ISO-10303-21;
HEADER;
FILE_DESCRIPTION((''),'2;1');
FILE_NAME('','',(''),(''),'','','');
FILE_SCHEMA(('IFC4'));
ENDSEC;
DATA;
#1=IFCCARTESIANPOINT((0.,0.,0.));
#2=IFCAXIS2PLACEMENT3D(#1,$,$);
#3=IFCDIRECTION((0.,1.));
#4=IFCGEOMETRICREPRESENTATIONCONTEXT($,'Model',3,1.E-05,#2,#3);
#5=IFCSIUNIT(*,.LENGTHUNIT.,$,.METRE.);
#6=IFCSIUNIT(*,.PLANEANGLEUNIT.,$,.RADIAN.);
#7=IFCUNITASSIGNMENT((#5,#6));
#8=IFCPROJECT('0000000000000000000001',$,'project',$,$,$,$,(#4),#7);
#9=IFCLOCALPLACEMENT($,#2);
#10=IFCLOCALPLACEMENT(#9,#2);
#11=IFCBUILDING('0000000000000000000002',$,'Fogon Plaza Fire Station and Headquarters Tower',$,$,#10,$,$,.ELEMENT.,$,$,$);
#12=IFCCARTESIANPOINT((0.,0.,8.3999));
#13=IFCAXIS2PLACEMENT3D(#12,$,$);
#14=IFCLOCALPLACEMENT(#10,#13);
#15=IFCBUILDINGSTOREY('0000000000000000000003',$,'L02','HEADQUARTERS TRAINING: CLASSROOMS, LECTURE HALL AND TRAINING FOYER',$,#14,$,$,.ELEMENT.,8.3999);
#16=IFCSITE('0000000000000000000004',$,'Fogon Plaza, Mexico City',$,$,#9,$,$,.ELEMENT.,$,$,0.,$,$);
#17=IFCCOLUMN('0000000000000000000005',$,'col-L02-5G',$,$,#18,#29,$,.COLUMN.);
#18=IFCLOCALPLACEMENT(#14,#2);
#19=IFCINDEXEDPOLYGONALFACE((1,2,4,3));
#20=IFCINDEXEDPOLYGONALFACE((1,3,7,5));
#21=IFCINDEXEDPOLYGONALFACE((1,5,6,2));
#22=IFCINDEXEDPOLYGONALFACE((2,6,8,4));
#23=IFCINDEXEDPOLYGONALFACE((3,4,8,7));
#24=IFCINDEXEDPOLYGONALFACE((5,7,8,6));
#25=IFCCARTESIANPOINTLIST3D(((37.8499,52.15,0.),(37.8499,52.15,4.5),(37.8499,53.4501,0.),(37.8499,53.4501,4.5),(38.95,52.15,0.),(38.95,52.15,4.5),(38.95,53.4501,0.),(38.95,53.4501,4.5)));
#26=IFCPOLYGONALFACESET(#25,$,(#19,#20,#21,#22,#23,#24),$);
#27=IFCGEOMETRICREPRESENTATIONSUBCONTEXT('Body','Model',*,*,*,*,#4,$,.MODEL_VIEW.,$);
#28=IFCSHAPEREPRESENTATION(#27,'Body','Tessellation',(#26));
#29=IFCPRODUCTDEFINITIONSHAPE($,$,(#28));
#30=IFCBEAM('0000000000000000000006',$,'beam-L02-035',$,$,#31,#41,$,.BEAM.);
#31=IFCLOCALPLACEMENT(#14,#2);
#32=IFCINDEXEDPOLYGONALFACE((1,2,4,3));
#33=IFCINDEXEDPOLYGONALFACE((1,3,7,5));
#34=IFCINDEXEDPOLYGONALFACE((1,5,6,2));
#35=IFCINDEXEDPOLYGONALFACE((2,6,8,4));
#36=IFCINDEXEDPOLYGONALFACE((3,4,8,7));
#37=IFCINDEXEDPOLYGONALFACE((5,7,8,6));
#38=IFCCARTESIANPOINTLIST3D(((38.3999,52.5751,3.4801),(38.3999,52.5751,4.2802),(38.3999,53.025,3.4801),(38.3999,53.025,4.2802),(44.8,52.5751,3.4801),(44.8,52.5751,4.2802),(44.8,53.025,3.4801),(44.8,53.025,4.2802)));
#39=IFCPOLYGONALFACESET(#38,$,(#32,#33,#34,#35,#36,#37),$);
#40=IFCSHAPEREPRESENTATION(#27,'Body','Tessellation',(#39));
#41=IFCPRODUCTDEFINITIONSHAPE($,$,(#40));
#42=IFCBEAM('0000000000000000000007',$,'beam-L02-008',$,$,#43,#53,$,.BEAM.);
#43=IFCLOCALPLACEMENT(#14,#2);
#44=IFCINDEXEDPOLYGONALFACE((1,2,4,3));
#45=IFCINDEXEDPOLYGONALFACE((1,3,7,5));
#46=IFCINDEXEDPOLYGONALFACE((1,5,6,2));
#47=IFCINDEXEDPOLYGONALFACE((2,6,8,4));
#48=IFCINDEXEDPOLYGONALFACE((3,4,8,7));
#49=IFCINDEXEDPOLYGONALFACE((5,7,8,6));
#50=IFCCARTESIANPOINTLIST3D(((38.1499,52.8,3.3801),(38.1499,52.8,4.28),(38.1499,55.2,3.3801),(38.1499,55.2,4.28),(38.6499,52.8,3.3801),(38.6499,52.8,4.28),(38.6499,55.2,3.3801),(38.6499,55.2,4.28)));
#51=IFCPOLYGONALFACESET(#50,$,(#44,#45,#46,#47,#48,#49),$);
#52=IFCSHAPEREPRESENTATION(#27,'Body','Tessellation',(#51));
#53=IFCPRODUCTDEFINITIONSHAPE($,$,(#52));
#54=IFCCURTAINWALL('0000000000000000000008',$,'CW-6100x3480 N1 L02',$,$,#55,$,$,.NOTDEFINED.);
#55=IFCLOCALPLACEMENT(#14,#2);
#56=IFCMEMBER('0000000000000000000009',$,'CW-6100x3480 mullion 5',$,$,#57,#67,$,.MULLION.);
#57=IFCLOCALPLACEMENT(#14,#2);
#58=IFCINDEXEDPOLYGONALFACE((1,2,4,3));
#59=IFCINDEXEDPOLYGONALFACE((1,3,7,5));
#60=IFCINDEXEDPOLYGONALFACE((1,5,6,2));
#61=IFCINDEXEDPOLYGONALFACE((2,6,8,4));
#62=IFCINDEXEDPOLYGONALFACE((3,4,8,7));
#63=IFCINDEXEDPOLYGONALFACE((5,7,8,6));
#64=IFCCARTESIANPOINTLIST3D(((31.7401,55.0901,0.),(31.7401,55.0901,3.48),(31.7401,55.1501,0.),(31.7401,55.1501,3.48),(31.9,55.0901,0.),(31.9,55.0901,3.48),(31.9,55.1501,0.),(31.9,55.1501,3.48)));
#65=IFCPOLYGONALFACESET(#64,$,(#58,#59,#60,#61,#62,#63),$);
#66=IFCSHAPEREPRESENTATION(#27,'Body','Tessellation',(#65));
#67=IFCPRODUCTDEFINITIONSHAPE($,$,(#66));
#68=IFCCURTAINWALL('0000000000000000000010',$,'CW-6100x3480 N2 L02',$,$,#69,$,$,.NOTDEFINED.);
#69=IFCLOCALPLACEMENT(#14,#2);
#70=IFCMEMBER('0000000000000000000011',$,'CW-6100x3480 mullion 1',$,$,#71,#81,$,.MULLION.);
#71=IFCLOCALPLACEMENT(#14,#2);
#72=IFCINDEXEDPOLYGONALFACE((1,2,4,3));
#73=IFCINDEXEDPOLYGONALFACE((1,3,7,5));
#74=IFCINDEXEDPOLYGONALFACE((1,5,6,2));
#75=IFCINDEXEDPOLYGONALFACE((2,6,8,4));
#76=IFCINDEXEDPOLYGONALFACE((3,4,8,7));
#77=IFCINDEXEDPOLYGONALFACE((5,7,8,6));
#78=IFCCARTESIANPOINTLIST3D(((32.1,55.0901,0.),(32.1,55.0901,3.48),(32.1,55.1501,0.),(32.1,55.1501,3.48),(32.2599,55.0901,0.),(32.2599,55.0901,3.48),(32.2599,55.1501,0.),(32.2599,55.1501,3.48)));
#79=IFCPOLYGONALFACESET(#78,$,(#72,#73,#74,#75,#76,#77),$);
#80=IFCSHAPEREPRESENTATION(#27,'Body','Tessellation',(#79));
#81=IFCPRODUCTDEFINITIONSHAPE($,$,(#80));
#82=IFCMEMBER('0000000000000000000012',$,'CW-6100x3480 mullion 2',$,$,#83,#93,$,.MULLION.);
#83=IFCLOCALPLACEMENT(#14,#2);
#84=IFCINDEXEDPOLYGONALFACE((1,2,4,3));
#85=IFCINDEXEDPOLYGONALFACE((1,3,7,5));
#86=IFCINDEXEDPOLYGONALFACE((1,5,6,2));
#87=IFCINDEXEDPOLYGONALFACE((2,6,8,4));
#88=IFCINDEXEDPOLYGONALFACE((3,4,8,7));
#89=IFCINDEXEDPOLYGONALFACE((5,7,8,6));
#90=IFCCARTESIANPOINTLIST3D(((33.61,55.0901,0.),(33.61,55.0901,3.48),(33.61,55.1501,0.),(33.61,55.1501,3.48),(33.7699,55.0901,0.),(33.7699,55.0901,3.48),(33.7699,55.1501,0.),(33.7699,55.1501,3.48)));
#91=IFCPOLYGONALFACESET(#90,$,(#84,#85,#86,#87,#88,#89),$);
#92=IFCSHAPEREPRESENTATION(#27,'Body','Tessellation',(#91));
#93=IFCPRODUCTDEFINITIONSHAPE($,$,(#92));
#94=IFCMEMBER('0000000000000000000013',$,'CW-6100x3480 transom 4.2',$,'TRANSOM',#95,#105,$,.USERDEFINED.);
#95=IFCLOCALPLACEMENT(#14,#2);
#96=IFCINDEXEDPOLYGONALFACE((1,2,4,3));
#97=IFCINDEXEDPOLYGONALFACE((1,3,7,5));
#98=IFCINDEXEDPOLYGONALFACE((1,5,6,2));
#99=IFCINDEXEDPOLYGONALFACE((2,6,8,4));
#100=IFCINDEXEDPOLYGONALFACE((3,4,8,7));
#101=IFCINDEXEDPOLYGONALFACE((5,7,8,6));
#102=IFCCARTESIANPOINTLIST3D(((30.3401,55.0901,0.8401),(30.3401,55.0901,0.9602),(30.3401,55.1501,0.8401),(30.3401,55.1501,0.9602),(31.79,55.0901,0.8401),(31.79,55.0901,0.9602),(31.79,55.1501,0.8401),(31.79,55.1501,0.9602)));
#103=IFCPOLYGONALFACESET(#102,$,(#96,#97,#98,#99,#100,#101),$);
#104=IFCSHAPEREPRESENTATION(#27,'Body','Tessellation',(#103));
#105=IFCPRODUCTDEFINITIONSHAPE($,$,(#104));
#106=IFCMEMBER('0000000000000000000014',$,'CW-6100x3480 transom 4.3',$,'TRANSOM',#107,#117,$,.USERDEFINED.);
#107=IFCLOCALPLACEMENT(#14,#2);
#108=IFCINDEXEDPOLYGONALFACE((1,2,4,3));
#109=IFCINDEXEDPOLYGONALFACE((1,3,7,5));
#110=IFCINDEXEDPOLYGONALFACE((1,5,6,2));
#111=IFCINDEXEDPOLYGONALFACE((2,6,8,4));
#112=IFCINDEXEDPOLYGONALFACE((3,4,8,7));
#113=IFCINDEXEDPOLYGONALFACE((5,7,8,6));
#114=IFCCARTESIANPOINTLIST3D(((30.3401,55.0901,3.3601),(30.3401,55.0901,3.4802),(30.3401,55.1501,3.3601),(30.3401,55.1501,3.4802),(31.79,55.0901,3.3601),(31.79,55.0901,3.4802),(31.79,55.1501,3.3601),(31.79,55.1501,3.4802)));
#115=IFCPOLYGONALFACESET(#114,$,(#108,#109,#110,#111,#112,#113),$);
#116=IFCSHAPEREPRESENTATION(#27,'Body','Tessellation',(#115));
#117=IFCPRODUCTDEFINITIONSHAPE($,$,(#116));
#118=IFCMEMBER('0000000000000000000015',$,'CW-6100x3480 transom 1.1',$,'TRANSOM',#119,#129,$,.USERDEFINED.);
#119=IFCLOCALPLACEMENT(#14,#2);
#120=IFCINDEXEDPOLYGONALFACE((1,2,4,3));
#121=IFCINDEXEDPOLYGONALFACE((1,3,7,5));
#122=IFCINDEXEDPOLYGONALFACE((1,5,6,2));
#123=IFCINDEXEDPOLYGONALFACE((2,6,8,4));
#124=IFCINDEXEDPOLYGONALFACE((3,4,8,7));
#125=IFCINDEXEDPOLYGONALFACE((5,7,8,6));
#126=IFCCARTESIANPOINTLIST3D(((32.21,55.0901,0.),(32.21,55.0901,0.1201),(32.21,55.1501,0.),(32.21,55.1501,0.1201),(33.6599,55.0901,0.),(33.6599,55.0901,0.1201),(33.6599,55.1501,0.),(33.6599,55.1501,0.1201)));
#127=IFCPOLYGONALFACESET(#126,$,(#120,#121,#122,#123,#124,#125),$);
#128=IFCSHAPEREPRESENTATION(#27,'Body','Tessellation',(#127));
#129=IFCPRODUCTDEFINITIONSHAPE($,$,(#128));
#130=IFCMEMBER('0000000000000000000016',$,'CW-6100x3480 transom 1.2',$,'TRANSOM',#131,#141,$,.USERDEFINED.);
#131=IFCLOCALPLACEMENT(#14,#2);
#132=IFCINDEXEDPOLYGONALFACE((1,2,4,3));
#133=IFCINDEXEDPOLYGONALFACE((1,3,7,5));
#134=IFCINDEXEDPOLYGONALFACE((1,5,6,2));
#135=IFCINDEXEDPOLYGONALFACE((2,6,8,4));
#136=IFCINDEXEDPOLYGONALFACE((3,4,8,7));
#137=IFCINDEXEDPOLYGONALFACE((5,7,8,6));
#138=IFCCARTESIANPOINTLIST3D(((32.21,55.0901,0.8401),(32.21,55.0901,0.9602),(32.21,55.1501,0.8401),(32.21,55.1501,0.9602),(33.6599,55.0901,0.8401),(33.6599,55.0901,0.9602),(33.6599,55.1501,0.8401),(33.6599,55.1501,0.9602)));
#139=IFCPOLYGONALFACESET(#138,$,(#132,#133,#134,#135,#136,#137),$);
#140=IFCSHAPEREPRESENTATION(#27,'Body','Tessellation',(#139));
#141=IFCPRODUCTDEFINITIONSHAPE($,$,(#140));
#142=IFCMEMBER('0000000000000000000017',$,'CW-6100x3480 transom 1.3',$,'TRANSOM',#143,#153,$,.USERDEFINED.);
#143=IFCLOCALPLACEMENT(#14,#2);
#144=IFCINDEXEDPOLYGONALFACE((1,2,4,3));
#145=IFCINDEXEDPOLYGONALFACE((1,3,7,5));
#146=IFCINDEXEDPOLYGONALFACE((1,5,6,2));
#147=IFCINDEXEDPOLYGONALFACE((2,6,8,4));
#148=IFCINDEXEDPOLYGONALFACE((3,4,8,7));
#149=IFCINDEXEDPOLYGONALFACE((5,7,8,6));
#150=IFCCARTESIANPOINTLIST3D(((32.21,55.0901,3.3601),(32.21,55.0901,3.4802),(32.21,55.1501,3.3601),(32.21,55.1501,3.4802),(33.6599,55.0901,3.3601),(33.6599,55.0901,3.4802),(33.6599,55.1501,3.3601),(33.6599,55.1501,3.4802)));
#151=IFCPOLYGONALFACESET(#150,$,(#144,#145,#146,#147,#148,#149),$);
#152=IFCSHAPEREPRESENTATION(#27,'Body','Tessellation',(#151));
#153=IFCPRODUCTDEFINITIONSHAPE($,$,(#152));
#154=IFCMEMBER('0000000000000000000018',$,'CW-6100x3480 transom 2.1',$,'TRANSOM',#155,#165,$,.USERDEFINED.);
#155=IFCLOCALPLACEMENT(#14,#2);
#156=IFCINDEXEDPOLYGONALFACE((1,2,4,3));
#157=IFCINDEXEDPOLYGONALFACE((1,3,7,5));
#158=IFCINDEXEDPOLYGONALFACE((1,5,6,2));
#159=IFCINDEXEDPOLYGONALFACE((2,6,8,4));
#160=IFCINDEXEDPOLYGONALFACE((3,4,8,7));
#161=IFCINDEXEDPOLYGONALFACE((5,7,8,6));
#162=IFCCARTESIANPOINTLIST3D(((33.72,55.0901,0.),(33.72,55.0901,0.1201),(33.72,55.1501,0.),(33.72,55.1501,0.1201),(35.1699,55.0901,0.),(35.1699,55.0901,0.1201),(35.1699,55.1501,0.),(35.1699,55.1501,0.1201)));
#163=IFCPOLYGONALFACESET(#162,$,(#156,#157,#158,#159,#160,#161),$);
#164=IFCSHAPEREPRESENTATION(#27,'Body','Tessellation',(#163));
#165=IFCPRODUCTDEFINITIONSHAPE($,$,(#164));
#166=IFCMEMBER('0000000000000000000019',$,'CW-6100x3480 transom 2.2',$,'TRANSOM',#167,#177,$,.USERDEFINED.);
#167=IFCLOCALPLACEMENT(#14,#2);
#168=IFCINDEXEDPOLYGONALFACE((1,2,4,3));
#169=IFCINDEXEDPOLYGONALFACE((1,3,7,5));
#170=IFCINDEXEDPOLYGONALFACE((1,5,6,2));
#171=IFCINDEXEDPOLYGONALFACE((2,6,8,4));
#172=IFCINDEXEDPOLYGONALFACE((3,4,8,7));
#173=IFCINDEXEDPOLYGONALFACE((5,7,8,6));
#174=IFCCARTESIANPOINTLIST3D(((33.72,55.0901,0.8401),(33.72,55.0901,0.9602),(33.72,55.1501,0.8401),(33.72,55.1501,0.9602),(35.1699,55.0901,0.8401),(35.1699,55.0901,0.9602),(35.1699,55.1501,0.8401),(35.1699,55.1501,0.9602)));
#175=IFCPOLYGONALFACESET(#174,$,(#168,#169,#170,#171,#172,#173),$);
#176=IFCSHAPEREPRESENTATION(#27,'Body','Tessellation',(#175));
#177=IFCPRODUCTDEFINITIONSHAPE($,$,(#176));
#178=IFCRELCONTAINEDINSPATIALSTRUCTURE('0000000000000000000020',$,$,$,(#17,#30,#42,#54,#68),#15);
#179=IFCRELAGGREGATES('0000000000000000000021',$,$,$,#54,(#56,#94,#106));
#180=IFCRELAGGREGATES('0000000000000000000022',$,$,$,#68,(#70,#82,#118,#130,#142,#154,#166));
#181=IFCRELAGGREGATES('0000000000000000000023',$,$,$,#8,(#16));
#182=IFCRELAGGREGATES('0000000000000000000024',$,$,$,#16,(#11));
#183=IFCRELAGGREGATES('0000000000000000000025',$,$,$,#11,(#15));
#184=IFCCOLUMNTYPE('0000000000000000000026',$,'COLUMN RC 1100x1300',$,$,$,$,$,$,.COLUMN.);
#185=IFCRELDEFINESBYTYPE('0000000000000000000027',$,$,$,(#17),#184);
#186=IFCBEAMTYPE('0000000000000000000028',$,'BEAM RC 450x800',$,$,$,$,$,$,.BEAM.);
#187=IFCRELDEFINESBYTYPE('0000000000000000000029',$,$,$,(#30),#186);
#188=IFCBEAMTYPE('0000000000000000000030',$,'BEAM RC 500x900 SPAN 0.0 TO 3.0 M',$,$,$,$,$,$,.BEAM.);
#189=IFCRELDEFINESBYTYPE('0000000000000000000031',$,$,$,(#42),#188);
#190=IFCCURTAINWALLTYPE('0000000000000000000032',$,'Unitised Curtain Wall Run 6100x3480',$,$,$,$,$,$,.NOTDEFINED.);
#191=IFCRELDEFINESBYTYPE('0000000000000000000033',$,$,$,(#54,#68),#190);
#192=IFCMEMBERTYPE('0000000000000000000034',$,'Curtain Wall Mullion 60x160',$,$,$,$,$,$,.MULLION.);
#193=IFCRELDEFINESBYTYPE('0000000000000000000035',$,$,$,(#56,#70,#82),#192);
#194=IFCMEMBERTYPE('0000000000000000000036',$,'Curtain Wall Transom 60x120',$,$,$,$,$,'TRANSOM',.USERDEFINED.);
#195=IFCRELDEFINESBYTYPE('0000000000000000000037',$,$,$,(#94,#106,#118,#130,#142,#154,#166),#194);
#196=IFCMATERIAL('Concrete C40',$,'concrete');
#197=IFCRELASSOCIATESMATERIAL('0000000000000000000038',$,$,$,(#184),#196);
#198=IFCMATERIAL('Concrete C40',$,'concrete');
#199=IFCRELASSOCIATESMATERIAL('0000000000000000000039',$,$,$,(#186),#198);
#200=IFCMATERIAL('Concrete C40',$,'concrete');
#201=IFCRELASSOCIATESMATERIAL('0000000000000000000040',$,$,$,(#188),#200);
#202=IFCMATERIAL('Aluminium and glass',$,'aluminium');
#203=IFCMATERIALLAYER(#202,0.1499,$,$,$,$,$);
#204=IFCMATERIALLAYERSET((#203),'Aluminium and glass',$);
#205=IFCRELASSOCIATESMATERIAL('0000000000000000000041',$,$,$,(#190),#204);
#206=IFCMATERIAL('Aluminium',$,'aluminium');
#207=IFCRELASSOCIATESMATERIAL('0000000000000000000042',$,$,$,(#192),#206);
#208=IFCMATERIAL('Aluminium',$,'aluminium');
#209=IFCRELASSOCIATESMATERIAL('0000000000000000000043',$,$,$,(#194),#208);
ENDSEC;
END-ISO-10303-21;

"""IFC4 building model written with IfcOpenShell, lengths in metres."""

from ifc_helpers import new_model, si_unit, direction, frame, origin, origin_2d, place, context, subcontext, project, spatial, rectangle, extrude, material, layer, layer_set, material_profile, profile_set, type_object, element, aggregate, save


model = new_model("IFC4")

# Units and contexts
model_context = context("Model", 3, precision=1e-05, world=origin(), true_north=direction((0.0, 1.0)))
body_context = subcontext(model_context, "Body", "Model", "MODEL_VIEW")
ifc_project = project(units=[si_unit("LENGTHUNIT", "METRE"), si_unit("PLANEANGLEUNIT", "RADIAN")], contexts=[model_context])

# Site, building, storey
site_placement = place(None, origin())
site = spatial("IfcSite", under=ifc_project, at=site_placement, Name="Fogon Plaza, Mexico City", CompositionType="ELEMENT", RefElevation=0.0)
building_placement = place(site_placement, origin())
building = spatial("IfcBuilding", under=site, at=building_placement, Name="Fogon Plaza Fire Station and Headquarters Tower", CompositionType="ELEMENT")
storey_placement = place(building_placement, frame((0.0, 0.0, 8.3999)))
storey = spatial("IfcBuildingStorey", under=building, at=storey_placement, Name="L02", Description="HEADQUARTERS TRAINING: CLASSROOMS, LECTURE HALL AND TRAINING FOYER", CompositionType="ELEMENT", Elevation=8.3999)

# Column
ifc_material_1 = material(Name="Concrete C40", Category="concrete")
ifc_material_profile_1 = material_profile(ifc_material_1, rectangle(XDim=1.1001, YDim=1.3, at=origin_2d()), Name="RC 1100x1300")
ifc_profile_set_1 = profile_set([ifc_material_profile_1], Name="Concrete C40")
column_type = type_object("IfcColumnType", Name="COLUMN RC 1100x1300", PredefinedType="COLUMN", material=ifc_profile_set_1)
column_placement = place(storey_placement, frame((38.3999, 52.8, 0.0), z_axis=(0.0, 0.0, 1.0), x_axis=(1.0, 0.0, 0.0)))
element("IfcColumn", 1, at=column_placement, inside=storey, type_object=column_type, Name="col-L02-5G", PredefinedType="COLUMN", context=body_context, shape_type="SweptSolid", body=[
    extrude(rectangle(XDim=1.1001, YDim=1.3, at=origin_2d()), origin(), (0.0, 0.0, 1.0), 4.5),
])

# Beams
ifc_material_2 = material(Name="Concrete C40", Category="concrete")
ifc_material_profile_2 = material_profile(ifc_material_2, rectangle(XDim=0.45, YDim=0.8, at=origin_2d()), Name="RC 450x800")
ifc_profile_set_2 = profile_set([ifc_material_profile_2], Name="Concrete C40")
beam_type_1 = type_object("IfcBeamType", Name="BEAM RC 450x800", PredefinedType="BEAM", material=ifc_profile_set_2)
beam_1_placement = place(storey_placement, frame((38.3999, 52.8, 3.8801), z_axis=(1.0, 0.0, 0.0), x_axis=(0.0, 1.0, 0.0)))
element("IfcBeam", 2, at=beam_1_placement, inside=storey, type_object=beam_type_1, Name="beam-L02-035", PredefinedType="BEAM", context=body_context, shape_type="SweptSolid", body=[
    extrude(rectangle(XDim=0.45, YDim=0.8, at=origin_2d()), origin(), (0.0, 0.0, 1.0), 6.4001),
])
ifc_material_3 = material(Name="Concrete C40", Category="concrete")
ifc_material_profile_3 = material_profile(ifc_material_3, rectangle(XDim=0.5, YDim=0.8999, at=origin_2d()), Name="RC 500x900")
ifc_profile_set_3 = profile_set([ifc_material_profile_3], Name="Concrete C40")
beam_type_2 = type_object("IfcBeamType", Name="BEAM RC 500x900 SPAN 0.0 TO 3.0 M", PredefinedType="BEAM", material=ifc_profile_set_3)
beam_2_placement = place(storey_placement, frame((38.3999, 52.8, 3.8301), z_axis=(0.0, 1.0, 0.0), x_axis=(-1.0, 0.0, 0.0)))
element("IfcBeam", 3, at=beam_2_placement, inside=storey, type_object=beam_type_2, Name="beam-L02-008", PredefinedType="BEAM", context=body_context, shape_type="SweptSolid", body=[
    extrude(rectangle(XDim=0.5, YDim=0.8999, at=origin_2d()), origin(), (0.0, 0.0, 1.0), 2.3999),
])

# Curtain wall, member
ifc_material_4 = material(Name="Aluminium and glass", Category="aluminium")
ifc_layer_1 = layer(ifc_material_4, 0.1499)
ifc_layer_set_1 = layer_set([ifc_layer_1], Name="Aluminium and glass")
curtain_wall_type = type_object("IfcCurtainWallType", Name="Unitised Curtain Wall Run 6100x3480", PredefinedType="NOTDEFINED", material=ifc_layer_set_1)
curtain_wall_1_placement = place(storey_placement, origin())
curtain_wall_1 = element("IfcCurtainWall", 4, at=curtain_wall_1_placement, inside=storey, type_object=curtain_wall_type, Name="CW-6100x3480 N1 L02", PredefinedType="NOTDEFINED")
ifc_material_5 = material(Name="Aluminium", Category="aluminium")
ifc_material_profile_4 = material_profile(ifc_material_5, rectangle(XDim=0.0601, YDim=0.1599, at=origin_2d()), Name="Curtain Wall Mullion 60x160")
ifc_profile_set_4 = profile_set([ifc_material_profile_4], Name="Aluminium")
member_type_1 = type_object("IfcMemberType", Name="Curtain Wall Mullion 60x160", PredefinedType="MULLION", material=ifc_profile_set_4)
member_1_placement = place(storey_placement, frame((31.8201, 55.1201, 0.0), z_axis=(0.0, 0.0, 1.0), x_axis=(0.0, 1.0, 0.0)))
member_1 = element("IfcMember", 5, at=member_1_placement, type_object=member_type_1, Name="CW-6100x3480 mullion 5", PredefinedType="MULLION", context=body_context, shape_type="SweptSolid", body=[
    extrude(rectangle(XDim=0.0601, YDim=0.1599, at=origin_2d()), origin(), (0.0, 0.0, 1.0), 3.48),
])

# Curtain wall, members
curtain_wall_2_placement = place(storey_placement, origin())
curtain_wall_2 = element("IfcCurtainWall", 6, at=curtain_wall_2_placement, inside=storey, type_object=curtain_wall_type, Name="CW-6100x3480 N2 L02", PredefinedType="NOTDEFINED")
member_2_placement = place(storey_placement, frame((32.1799, 55.1201, 0.0), z_axis=(0.0, 0.0, 1.0), x_axis=(0.0, 1.0, 0.0)))
member_2 = element("IfcMember", 7, at=member_2_placement, type_object=member_type_1, Name="CW-6100x3480 mullion 1", PredefinedType="MULLION", context=body_context, shape_type="SweptSolid", body=[
    extrude(rectangle(XDim=0.0601, YDim=0.1599, at=origin_2d()), origin(), (0.0, 0.0, 1.0), 3.48),
])
member_3_placement = place(storey_placement, frame((33.6899, 55.1201, 0.0), z_axis=(0.0, 0.0, 1.0), x_axis=(0.0, 1.0, 0.0)))
member_3 = element("IfcMember", 8, at=member_3_placement, type_object=member_type_1, Name="CW-6100x3480 mullion 2", PredefinedType="MULLION", context=body_context, shape_type="SweptSolid", body=[
    extrude(rectangle(XDim=0.0601, YDim=0.1599, at=origin_2d()), origin(), (0.0, 0.0, 1.0), 3.48),
])

# Members
ifc_material_6 = material(Name="Aluminium", Category="aluminium")
ifc_material_profile_5 = material_profile(ifc_material_6, rectangle(XDim=0.0601, YDim=0.1201, at=origin_2d()), Name="Curtain Wall Transom 60x120")
ifc_profile_set_5 = profile_set([ifc_material_profile_5], Name="Aluminium")
member_type_2 = type_object("IfcMemberType", Name="Curtain Wall Transom 60x120", ElementType="TRANSOM", PredefinedType="USERDEFINED", material=ifc_profile_set_5)
member_4_placement = place(storey_placement, frame((30.3401, 55.1201, 0.9001), z_axis=(1.0, 0.0, 0.0), x_axis=(0.0, 1.0, 0.0)))
member_4 = element("IfcMember", 9, at=member_4_placement, type_object=member_type_2, Name="CW-6100x3480 transom 4.2", ObjectType="TRANSOM", PredefinedType="USERDEFINED", context=body_context, shape_type="SweptSolid", body=[
    extrude(rectangle(XDim=0.0601, YDim=0.1201, at=origin_2d()), origin(), (0.0, 0.0, 1.0), 1.45),
])
member_5_placement = place(storey_placement, frame((30.3401, 55.1201, 3.4202), z_axis=(1.0, 0.0, 0.0), x_axis=(0.0, 1.0, 0.0)))
member_5 = element("IfcMember", 10, at=member_5_placement, type_object=member_type_2, Name="CW-6100x3480 transom 4.3", ObjectType="TRANSOM", PredefinedType="USERDEFINED", context=body_context, shape_type="SweptSolid", body=[
    extrude(rectangle(XDim=0.0601, YDim=0.1201, at=origin_2d()), origin(), (0.0, 0.0, 1.0), 1.45),
])
member_6_placement = place(storey_placement, frame((32.21, 55.1201, 0.0601), z_axis=(1.0, 0.0, 0.0), x_axis=(0.0, 1.0, 0.0)))
member_6 = element("IfcMember", 11, at=member_6_placement, type_object=member_type_2, Name="CW-6100x3480 transom 1.1", ObjectType="TRANSOM", PredefinedType="USERDEFINED", context=body_context, shape_type="SweptSolid", body=[
    extrude(rectangle(XDim=0.0601, YDim=0.1201, at=origin_2d()), origin(), (0.0, 0.0, 1.0), 1.45),
])
member_7_placement = place(storey_placement, frame((32.21, 55.1201, 0.9001), z_axis=(1.0, 0.0, 0.0), x_axis=(0.0, 1.0, 0.0)))
member_7 = element("IfcMember", 12, at=member_7_placement, type_object=member_type_2, Name="CW-6100x3480 transom 1.2", ObjectType="TRANSOM", PredefinedType="USERDEFINED", context=body_context, shape_type="SweptSolid", body=[
    extrude(rectangle(XDim=0.0601, YDim=0.1201, at=origin_2d()), origin(), (0.0, 0.0, 1.0), 1.45),
])
member_8_placement = place(storey_placement, frame((32.21, 55.1201, 3.4202), z_axis=(1.0, 0.0, 0.0), x_axis=(0.0, 1.0, 0.0)))
member_8 = element("IfcMember", 13, at=member_8_placement, type_object=member_type_2, Name="CW-6100x3480 transom 1.3", ObjectType="TRANSOM", PredefinedType="USERDEFINED", context=body_context, shape_type="SweptSolid", body=[
    extrude(rectangle(XDim=0.0601, YDim=0.1201, at=origin_2d()), origin(), (0.0, 0.0, 1.0), 1.45),
])
member_9_placement = place(storey_placement, frame((33.72, 55.1201, 0.0601), z_axis=(1.0, 0.0, 0.0), x_axis=(0.0, 1.0, 0.0)))
member_9 = element("IfcMember", 14, at=member_9_placement, type_object=member_type_2, Name="CW-6100x3480 transom 2.1", ObjectType="TRANSOM", PredefinedType="USERDEFINED", context=body_context, shape_type="SweptSolid", body=[
    extrude(rectangle(XDim=0.0601, YDim=0.1201, at=origin_2d()), origin(), (0.0, 0.0, 1.0), 1.45),
])
member_10_placement = place(storey_placement, frame((33.72, 55.1201, 0.9001), z_axis=(1.0, 0.0, 0.0), x_axis=(0.0, 1.0, 0.0)))
member_10 = element("IfcMember", 15, at=member_10_placement, type_object=member_type_2, Name="CW-6100x3480 transom 2.2", ObjectType="TRANSOM", PredefinedType="USERDEFINED", context=body_context, shape_type="SweptSolid", body=[
    extrude(rectangle(XDim=0.0601, YDim=0.1201, at=origin_2d()), origin(), (0.0, 0.0, 1.0), 1.45),
])

aggregate(curtain_wall_1, [member_1, member_4, member_5])
aggregate(curtain_wall_2, [member_2, member_3, member_6, member_7, member_8, member_9, member_10])

save(model, "model.ifc")
